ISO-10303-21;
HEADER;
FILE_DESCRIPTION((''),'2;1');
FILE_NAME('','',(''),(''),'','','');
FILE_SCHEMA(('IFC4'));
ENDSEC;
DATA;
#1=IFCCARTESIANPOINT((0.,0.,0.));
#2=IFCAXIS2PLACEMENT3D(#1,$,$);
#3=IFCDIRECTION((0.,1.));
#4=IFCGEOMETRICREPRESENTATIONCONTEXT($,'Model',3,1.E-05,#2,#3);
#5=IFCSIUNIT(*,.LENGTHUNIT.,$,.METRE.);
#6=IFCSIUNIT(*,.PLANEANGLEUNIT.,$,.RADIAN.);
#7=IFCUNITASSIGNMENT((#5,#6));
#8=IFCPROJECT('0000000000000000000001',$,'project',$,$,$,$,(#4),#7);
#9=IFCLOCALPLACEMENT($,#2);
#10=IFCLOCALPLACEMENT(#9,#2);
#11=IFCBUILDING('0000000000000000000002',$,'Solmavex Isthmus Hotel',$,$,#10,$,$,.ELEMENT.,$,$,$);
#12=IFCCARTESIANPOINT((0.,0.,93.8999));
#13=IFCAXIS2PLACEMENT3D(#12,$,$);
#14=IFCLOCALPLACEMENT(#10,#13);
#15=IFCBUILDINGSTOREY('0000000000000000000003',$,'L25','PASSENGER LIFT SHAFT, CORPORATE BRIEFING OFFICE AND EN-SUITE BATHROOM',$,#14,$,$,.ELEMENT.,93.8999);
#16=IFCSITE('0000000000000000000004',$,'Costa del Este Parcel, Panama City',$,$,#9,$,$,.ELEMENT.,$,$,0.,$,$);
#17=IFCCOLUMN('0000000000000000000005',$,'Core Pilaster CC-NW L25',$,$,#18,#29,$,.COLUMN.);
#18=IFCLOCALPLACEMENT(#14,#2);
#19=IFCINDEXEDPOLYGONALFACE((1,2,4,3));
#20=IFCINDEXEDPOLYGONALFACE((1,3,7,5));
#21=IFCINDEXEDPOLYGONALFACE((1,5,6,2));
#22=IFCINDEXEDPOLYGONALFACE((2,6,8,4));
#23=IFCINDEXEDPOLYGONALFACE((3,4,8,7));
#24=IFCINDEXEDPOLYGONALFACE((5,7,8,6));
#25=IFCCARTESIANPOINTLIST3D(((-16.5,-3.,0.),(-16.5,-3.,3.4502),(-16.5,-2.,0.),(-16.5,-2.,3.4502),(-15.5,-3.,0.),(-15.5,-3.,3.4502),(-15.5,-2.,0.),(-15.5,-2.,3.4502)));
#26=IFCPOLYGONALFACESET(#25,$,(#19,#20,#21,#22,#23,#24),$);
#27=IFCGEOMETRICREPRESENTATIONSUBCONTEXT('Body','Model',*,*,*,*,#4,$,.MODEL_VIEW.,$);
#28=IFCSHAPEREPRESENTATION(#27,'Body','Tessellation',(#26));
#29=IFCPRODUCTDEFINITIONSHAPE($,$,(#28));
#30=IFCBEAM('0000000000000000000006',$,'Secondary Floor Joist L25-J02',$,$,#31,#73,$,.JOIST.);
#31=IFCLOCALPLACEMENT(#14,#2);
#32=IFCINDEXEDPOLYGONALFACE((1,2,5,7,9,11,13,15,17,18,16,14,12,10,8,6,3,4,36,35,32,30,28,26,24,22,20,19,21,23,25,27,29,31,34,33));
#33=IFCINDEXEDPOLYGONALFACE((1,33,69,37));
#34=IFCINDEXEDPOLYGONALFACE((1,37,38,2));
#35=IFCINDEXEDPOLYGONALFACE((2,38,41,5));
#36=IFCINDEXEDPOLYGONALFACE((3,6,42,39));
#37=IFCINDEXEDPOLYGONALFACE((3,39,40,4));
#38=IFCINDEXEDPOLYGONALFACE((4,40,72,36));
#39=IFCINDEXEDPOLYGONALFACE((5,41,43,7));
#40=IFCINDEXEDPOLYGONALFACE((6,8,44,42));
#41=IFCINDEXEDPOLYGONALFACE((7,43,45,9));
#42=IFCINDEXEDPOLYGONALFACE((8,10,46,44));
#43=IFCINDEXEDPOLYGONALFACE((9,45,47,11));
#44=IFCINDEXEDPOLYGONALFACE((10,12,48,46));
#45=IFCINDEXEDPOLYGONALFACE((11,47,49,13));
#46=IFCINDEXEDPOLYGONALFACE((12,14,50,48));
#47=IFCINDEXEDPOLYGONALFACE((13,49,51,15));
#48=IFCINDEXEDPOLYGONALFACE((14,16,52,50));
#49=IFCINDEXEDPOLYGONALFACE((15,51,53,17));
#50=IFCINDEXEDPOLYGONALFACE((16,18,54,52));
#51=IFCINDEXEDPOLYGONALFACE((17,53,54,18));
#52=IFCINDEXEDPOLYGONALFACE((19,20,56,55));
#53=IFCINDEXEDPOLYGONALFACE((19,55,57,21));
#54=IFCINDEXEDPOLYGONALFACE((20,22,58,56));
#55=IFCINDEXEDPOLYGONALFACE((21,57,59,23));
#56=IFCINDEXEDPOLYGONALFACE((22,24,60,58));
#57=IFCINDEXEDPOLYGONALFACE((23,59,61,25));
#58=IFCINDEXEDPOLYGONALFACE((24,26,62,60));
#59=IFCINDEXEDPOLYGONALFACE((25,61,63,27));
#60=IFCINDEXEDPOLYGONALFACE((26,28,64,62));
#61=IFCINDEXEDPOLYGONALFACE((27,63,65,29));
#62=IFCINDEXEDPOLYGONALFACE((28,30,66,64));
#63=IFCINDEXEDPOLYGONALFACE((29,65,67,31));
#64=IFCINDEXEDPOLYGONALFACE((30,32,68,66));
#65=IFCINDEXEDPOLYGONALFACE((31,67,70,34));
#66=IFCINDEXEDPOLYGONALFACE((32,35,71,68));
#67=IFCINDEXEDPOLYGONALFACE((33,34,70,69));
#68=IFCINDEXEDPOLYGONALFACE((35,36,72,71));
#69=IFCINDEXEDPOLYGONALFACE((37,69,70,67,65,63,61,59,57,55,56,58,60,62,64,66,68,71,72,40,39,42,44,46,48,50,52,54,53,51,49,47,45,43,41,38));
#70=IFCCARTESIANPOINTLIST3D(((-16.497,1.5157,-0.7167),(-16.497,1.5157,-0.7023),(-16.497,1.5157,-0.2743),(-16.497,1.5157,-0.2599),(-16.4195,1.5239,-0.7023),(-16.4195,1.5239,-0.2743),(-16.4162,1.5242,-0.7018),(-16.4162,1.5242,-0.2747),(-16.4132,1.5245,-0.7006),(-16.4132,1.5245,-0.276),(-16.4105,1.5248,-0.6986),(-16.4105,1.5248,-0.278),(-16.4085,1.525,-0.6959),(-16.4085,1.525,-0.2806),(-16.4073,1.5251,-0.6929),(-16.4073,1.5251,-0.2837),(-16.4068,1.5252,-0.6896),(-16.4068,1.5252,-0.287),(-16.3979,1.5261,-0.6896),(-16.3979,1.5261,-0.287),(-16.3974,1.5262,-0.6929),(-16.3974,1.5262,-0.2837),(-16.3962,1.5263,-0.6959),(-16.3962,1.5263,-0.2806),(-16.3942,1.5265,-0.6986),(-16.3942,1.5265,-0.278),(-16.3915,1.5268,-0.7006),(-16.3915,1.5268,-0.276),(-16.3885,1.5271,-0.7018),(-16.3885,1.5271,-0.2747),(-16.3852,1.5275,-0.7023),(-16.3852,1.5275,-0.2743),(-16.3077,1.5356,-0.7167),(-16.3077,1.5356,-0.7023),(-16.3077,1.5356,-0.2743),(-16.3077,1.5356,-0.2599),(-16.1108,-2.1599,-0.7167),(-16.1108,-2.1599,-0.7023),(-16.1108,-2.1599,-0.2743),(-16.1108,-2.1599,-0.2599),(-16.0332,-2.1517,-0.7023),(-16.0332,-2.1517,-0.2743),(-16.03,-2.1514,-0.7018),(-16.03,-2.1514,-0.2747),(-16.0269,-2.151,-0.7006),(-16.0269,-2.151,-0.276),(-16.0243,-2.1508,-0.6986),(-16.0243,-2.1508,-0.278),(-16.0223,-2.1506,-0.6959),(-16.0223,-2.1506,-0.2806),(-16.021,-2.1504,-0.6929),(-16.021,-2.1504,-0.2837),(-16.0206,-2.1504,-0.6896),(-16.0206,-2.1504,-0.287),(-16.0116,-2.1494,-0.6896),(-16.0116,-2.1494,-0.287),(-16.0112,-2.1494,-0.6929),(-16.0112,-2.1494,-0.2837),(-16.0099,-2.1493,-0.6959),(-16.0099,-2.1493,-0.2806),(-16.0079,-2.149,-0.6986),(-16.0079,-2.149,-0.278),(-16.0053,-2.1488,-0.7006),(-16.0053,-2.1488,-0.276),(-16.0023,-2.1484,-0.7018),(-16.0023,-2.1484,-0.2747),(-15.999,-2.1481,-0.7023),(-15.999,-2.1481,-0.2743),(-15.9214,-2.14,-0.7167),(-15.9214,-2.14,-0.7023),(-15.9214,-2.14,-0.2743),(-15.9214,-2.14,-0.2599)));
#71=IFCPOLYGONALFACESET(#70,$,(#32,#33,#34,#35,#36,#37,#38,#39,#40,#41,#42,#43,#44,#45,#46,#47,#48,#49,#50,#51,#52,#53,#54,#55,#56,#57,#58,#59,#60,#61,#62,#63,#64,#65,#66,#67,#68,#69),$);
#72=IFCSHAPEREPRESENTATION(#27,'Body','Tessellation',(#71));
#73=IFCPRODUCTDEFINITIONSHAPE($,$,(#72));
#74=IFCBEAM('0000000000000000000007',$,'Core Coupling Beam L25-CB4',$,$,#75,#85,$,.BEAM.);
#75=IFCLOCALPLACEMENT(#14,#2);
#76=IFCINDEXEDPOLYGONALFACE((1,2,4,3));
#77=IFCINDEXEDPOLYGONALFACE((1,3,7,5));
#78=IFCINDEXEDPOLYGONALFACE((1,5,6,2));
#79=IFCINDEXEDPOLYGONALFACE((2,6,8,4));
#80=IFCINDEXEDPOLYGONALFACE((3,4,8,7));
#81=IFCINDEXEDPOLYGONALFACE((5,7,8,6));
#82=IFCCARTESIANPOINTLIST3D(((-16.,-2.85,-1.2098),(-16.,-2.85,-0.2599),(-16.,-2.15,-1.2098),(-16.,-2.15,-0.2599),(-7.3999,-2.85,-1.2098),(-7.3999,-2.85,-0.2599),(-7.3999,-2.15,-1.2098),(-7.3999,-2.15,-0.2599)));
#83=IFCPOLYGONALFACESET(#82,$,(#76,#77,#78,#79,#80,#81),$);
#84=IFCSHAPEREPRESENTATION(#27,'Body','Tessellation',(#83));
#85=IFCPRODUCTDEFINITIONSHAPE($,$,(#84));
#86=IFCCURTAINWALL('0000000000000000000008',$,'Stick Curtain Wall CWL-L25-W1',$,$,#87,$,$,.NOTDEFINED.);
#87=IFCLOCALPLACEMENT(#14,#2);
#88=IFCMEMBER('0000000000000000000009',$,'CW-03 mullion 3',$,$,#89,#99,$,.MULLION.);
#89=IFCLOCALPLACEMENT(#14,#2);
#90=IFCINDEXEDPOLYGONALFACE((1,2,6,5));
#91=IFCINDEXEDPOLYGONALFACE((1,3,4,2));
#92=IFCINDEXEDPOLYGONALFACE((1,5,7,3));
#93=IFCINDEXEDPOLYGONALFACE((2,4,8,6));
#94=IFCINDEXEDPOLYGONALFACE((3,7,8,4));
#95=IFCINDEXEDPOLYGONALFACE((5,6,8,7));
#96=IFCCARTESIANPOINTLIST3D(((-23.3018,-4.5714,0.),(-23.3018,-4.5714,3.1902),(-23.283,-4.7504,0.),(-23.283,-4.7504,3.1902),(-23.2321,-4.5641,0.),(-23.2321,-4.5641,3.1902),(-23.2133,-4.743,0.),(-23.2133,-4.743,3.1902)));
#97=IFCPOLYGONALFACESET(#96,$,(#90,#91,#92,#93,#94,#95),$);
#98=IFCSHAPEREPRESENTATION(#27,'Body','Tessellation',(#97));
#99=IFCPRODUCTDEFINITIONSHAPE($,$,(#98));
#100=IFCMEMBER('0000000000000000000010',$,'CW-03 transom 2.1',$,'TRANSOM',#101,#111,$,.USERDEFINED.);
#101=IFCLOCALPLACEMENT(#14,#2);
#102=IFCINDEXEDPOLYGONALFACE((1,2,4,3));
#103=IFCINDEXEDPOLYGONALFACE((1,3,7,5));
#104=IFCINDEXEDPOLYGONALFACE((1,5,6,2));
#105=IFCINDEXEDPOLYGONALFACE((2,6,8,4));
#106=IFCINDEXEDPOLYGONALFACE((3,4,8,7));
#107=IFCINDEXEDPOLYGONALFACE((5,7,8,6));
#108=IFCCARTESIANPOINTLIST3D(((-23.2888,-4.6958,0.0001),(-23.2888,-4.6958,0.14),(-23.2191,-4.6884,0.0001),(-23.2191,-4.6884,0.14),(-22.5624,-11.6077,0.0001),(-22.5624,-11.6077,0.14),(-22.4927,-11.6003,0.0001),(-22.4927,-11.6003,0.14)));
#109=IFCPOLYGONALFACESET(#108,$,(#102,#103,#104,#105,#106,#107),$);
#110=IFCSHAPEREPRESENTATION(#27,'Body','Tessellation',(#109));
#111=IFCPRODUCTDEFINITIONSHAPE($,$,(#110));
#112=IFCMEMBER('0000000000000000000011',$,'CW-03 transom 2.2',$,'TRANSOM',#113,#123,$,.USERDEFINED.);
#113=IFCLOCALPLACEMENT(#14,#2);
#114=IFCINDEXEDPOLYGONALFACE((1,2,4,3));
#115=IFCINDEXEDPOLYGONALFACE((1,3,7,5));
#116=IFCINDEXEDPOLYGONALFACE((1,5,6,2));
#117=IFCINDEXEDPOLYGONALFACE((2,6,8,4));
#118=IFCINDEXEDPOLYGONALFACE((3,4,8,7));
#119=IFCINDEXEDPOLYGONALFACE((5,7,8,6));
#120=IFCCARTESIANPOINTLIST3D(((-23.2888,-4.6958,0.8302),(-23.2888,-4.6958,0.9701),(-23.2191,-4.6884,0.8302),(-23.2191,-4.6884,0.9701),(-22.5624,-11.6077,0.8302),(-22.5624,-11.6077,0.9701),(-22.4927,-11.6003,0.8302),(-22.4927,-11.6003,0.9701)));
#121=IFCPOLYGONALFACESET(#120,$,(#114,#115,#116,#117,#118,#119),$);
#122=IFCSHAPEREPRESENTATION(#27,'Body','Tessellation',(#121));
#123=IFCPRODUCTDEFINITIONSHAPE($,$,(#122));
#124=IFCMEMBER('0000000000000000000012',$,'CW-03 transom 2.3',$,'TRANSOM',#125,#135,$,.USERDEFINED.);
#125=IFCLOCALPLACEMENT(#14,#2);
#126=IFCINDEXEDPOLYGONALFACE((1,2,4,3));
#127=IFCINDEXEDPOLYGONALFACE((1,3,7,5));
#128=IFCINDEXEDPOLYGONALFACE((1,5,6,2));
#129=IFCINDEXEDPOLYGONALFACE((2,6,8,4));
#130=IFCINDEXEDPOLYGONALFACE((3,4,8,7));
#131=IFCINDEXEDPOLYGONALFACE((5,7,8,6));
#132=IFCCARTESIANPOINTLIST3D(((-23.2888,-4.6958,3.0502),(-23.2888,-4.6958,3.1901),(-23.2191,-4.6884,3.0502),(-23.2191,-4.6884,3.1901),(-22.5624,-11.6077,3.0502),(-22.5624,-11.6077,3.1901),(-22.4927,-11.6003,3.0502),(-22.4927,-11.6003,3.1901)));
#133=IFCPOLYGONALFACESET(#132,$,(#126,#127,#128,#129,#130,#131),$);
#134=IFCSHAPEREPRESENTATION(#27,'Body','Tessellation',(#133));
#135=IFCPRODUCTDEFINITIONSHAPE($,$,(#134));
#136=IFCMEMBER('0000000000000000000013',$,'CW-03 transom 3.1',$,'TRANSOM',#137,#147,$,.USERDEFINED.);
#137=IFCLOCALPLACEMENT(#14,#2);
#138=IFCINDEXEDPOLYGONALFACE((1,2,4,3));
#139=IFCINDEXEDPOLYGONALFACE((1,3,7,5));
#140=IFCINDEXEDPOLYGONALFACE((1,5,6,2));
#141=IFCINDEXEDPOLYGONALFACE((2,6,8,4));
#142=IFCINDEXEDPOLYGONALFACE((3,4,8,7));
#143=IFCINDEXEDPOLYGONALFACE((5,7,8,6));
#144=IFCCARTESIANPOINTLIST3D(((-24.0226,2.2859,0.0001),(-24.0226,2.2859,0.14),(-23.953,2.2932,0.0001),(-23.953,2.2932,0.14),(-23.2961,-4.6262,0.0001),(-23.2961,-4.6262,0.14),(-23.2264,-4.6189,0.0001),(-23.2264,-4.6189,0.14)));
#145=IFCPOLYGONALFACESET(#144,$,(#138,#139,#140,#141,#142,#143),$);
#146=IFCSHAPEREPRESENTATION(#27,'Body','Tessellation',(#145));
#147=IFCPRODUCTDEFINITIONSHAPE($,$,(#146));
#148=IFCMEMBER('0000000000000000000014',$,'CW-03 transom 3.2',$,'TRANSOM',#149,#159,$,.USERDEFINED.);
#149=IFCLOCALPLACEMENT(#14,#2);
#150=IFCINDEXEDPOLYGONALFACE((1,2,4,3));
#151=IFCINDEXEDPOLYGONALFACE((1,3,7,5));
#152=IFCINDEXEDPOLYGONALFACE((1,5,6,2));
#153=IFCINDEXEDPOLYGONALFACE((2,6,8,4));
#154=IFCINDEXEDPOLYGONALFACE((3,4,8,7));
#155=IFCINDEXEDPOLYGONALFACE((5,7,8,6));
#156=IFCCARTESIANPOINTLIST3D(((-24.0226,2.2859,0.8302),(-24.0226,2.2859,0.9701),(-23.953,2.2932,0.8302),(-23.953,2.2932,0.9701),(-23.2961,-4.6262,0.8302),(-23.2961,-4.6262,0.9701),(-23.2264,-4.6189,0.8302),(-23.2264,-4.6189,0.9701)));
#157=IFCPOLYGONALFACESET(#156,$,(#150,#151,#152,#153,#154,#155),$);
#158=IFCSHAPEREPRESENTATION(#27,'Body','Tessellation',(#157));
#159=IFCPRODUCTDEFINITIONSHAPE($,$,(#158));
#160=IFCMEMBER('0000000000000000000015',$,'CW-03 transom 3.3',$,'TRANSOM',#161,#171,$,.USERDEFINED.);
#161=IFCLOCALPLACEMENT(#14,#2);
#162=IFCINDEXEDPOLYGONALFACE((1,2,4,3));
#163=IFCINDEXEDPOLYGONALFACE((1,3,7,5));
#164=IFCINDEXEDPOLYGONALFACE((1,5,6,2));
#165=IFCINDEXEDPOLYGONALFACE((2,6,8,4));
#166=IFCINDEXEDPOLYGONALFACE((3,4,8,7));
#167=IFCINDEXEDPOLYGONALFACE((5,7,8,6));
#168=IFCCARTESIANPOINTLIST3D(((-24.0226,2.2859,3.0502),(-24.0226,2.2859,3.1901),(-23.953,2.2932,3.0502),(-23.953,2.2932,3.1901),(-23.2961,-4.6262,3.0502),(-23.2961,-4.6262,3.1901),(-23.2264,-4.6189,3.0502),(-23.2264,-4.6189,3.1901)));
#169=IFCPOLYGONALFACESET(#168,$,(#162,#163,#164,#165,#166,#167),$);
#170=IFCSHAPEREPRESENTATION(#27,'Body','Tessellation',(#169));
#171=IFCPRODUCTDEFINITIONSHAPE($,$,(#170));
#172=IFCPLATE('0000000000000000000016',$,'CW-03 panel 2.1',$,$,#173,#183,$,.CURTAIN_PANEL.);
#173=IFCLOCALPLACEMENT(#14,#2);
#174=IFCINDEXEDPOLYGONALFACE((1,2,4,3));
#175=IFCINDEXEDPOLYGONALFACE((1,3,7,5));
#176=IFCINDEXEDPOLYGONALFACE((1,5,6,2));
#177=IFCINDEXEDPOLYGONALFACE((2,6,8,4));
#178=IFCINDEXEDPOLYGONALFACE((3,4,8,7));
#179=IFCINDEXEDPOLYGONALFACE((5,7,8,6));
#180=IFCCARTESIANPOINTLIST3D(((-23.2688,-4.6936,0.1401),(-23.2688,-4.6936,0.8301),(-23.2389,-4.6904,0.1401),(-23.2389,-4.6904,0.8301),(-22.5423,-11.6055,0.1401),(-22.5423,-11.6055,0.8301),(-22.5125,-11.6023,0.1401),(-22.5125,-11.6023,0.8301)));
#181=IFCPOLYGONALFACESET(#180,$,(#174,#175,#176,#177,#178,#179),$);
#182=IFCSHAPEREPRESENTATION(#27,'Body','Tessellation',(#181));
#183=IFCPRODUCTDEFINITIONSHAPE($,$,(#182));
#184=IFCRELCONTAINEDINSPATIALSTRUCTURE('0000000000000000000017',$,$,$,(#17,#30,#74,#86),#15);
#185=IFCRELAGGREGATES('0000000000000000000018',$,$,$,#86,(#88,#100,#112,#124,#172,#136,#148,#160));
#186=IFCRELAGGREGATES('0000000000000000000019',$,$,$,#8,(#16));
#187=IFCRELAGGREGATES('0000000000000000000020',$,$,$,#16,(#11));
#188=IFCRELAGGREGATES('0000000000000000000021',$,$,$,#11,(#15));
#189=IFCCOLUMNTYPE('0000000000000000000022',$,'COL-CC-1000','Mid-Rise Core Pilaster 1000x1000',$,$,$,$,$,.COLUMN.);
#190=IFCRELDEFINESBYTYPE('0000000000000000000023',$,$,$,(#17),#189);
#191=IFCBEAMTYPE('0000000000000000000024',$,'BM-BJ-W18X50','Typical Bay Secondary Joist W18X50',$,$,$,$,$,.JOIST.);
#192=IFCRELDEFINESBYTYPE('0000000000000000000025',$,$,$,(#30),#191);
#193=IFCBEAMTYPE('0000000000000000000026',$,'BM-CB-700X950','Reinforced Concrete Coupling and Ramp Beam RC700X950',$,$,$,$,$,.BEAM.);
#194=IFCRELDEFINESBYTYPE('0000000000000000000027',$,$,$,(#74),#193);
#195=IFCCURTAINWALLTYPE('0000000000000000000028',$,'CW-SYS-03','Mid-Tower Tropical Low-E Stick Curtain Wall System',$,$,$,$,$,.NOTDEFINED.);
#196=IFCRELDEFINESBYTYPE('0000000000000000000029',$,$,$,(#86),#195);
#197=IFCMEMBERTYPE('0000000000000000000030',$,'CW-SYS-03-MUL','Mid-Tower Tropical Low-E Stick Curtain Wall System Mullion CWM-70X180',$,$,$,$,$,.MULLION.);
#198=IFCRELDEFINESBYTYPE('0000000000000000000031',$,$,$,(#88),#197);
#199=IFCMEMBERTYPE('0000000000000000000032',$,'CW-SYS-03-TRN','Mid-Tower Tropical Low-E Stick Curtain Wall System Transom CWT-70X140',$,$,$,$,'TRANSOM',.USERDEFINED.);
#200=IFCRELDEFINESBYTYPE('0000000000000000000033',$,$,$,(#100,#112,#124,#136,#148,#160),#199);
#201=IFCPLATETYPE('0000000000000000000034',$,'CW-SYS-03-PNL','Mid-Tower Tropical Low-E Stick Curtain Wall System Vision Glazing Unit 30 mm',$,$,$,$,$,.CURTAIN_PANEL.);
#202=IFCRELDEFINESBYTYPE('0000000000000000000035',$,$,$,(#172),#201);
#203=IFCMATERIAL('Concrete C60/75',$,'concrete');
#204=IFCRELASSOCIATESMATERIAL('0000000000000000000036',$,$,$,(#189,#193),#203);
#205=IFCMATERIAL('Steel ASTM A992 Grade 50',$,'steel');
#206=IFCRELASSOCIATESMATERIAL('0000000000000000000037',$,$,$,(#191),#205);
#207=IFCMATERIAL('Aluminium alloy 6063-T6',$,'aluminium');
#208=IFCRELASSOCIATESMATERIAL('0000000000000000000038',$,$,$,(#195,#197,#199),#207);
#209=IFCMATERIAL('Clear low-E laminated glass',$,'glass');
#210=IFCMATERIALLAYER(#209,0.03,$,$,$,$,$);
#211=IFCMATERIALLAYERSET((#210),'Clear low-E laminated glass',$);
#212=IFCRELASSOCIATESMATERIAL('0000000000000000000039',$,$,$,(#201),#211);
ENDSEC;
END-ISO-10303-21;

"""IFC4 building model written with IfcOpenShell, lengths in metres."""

from ifc_helpers import new_model, si_unit, direction, frame, origin, origin_2d, place, context, subcontext, project, spatial, rectangle, i_section, extrude, material, layer, layer_set, material_profile, profile_set, type_object, element, aggregate, save


model = new_model("IFC4")

# Units and contexts
model_context = context("Model", 3, precision=1e-05, world=origin(), true_north=direction((0.0, 1.0)))
body_context = subcontext(model_context, "Body", "Model", "MODEL_VIEW")
ifc_project = project(units=[si_unit("LENGTHUNIT", "METRE"), si_unit("PLANEANGLEUNIT", "RADIAN")], contexts=[model_context])

# Site, building, storey
site_placement = place(None, origin())
site = spatial("IfcSite", under=ifc_project, at=site_placement, Name="Costa del Este Parcel, Panama City", CompositionType="ELEMENT", RefElevation=0.0)
building_placement = place(site_placement, origin())
building = spatial("IfcBuilding", under=site, at=building_placement, Name="Solmavex Isthmus Hotel", CompositionType="ELEMENT")
storey_placement = place(building_placement, frame((0.0, 0.0, 93.8999)))
storey = spatial("IfcBuildingStorey", under=building, at=storey_placement, Name="L25", Description="PASSENGER LIFT SHAFT, CORPORATE BRIEFING OFFICE AND EN-SUITE BATHROOM", CompositionType="ELEMENT", Elevation=93.8999)

# Column
ifc_material_1 = material(Name="Concrete C60/75", Category="concrete")
ifc_material_profile_1 = material_profile(ifc_material_1, rectangle(XDim=1.0, YDim=1.0, at=origin_2d()), Name="RC1000X1000")
ifc_profile_set_1 = profile_set([ifc_material_profile_1], Name="Concrete C60/75")
column_type = type_object("IfcColumnType", Name="COL-CC-1000", Description="Mid-Rise Core Pilaster 1000x1000", PredefinedType="COLUMN", material=ifc_profile_set_1)
column_placement = place(storey_placement, frame((-16.0, -2.5, 0.0), z_axis=(0.0, 0.0, 1.0), x_axis=(1.0, 0.0, 0.0)))
element("IfcColumn", 1, at=column_placement, inside=storey, type_object=column_type, Name="Core Pilaster CC-NW L25", PredefinedType="COLUMN", context=body_context, shape_type="SweptSolid", body=[
    extrude(rectangle(XDim=1.0, YDim=1.0, at=origin_2d()), origin(), (0.0, 0.0, 1.0), 3.4502),
])

# Beams
ifc_material_2 = material(Name="Steel ASTM A992 Grade 50", Category="steel")
ifc_material_profile_2 = material_profile(ifc_material_2, i_section(OverallWidth=0.1904, OverallDepth=0.4568, WebThickness=0.009, FlangeThickness=0.0144, FilletRadius=0.0127, at=origin_2d()), Name="W18X50")
ifc_profile_set_2 = profile_set([ifc_material_profile_2], Name="Steel ASTM A992 Grade 50")
beam_type_1 = type_object("IfcBeamType", Name="BM-BJ-W18X50", Description="Typical Bay Secondary Joist W18X50", PredefinedType="JOIST", material=ifc_profile_set_2)
beam_1_placement = place(storey_placement, frame((-16.0161, -2.1499, -0.4883), z_axis=(-0.104506, 0.994524, 0.0), x_axis=(-0.994524, -0.104506, 0.0)))
element("IfcBeam", 2, at=beam_1_placement, inside=storey, type_object=beam_type_1, Name="Secondary Floor Joist L25-J02", PredefinedType="JOIST", context=body_context, shape_type="SweptSolid", body=[
    extrude(i_section(OverallWidth=0.1904, OverallDepth=0.4568, WebThickness=0.009, FlangeThickness=0.0144, FilletRadius=0.0127, at=origin_2d()), origin(), (0.0, 0.0, 1.0), 3.6958),
])
ifc_material_profile_3 = material_profile(ifc_material_1, rectangle(XDim=0.7, YDim=0.95, at=origin_2d()), Name="RC700X950")
ifc_profile_set_3 = profile_set([ifc_material_profile_3], Name="Concrete C60/75")
beam_type_2 = type_object("IfcBeamType", Name="BM-CB-700X950", Description="Reinforced Concrete Coupling and Ramp Beam RC700X950", PredefinedType="BEAM", material=ifc_profile_set_3)
beam_2_placement = place(storey_placement, frame((-16.0, -2.5, -0.7349), z_axis=(1.0, 0.0, 0.0), x_axis=(0.0, 1.0, 0.0)))
element("IfcBeam", 3, at=beam_2_placement, inside=storey, type_object=beam_type_2, Name="Core Coupling Beam L25-CB4", PredefinedType="BEAM", context=body_context, shape_type="SweptSolid", body=[
    extrude(rectangle(XDim=0.7, YDim=0.95, at=origin_2d()), origin(), (0.0, 0.0, 1.0), 8.6001),
])

# Curtain wall, members, plate
ifc_material_3 = material(Name="Aluminium alloy 6063-T6", Category="aluminium")
curtain_wall_type = type_object("IfcCurtainWallType", Name="CW-SYS-03", Description="Mid-Tower Tropical Low-E Stick Curtain Wall System", PredefinedType="NOTDEFINED", material=ifc_material_3)
curtain_wall_placement = place(storey_placement, origin())
curtain_wall = element("IfcCurtainWall", 4, at=curtain_wall_placement, inside=storey, type_object=curtain_wall_type, Name="Stick Curtain Wall CWL-L25-W1", PredefinedType="NOTDEFINED")
ifc_material_profile_4 = material_profile(ifc_material_3, rectangle(XDim=0.0701, YDim=0.1799, at=origin_2d()), Name="CWM-70X180")
ifc_profile_set_4 = profile_set([ifc_material_profile_4], Name="Aluminium alloy 6063-T6")
member_type_1 = type_object("IfcMemberType", Name="CW-SYS-03-MUL", Description="Mid-Tower Tropical Low-E Stick Curtain Wall System Mullion CWM-70X180", PredefinedType="MULLION", material=ifc_profile_set_4)
member_1_placement = place(storey_placement, frame((-23.2576, -4.6572, 0.0), z_axis=(0.0, 0.0, 1.0), x_axis=(-0.994522, -0.104528, 0.0)))
member_1 = element("IfcMember", 5, at=member_1_placement, type_object=member_type_1, Name="CW-03 mullion 3", PredefinedType="MULLION", context=body_context, shape_type="SweptSolid", body=[
    extrude(rectangle(XDim=0.0701, YDim=0.1799, at=origin_2d()), origin(), (0.0, 0.0, 1.0), 3.1902),
])
ifc_material_profile_5 = material_profile(ifc_material_3, rectangle(XDim=0.0701, YDim=0.1399, at=origin_2d()), Name="CWT-70X140")
ifc_profile_set_5 = profile_set([ifc_material_profile_5], Name="Aluminium alloy 6063-T6")
member_type_2 = type_object("IfcMemberType", Name="CW-SYS-03-TRN", Description="Mid-Tower Tropical Low-E Stick Curtain Wall System Transom CWT-70X140", ElementType="TRANSOM", PredefinedType="USERDEFINED", material=ifc_profile_set_5)
member_2_placement = place(storey_placement, frame((-22.5276, -11.604, 0.0701), z_axis=(-0.104507, 0.994524, 0.0), x_axis=(-0.994524, -0.104507, 0.0)))
member_2 = element("IfcMember", 6, at=member_2_placement, type_object=member_type_2, Name="CW-03 transom 2.1", ObjectType="TRANSOM", PredefinedType="USERDEFINED", context=body_context, shape_type="SweptSolid", body=[
    extrude(rectangle(XDim=0.0701, YDim=0.1399, at=origin_2d()), origin(), (0.0, 0.0, 1.0), 6.95),
])
member_3_placement = place(storey_placement, frame((-22.5276, -11.604, 0.9001), z_axis=(-0.104507, 0.994524, 0.0), x_axis=(-0.994524, -0.104507, 0.0)))
member_3 = element("IfcMember", 7, at=member_3_placement, type_object=member_type_2, Name="CW-03 transom 2.2", ObjectType="TRANSOM", PredefinedType="USERDEFINED", context=body_context, shape_type="SweptSolid", body=[
    extrude(rectangle(XDim=0.0701, YDim=0.1399, at=origin_2d()), origin(), (0.0, 0.0, 1.0), 6.95),
])
member_4_placement = place(storey_placement, frame((-22.5276, -11.604, 3.1201), z_axis=(-0.104507, 0.994524, 0.0), x_axis=(-0.994524, -0.104507, 0.0)))
member_4 = element("IfcMember", 8, at=member_4_placement, type_object=member_type_2, Name="CW-03 transom 2.3", ObjectType="TRANSOM", PredefinedType="USERDEFINED", context=body_context, shape_type="SweptSolid", body=[
    extrude(rectangle(XDim=0.0701, YDim=0.1399, at=origin_2d()), origin(), (0.0, 0.0, 1.0), 6.95),
])
member_5_placement = place(storey_placement, frame((-23.2612, -4.6226, 0.0701), z_axis=(-0.104539, 0.994521, 0.0), x_axis=(-0.994521, -0.104539, 0.0)))
member_5 = element("IfcMember", 9, at=member_5_placement, type_object=member_type_2, Name="CW-03 transom 3.1", ObjectType="TRANSOM", PredefinedType="USERDEFINED", context=body_context, shape_type="SweptSolid", body=[
    extrude(rectangle(XDim=0.0701, YDim=0.1399, at=origin_2d()), origin(), (0.0, 0.0, 1.0), 6.9502),
])
member_6_placement = place(storey_placement, frame((-23.2612, -4.6226, 0.9001), z_axis=(-0.104539, 0.994521, 0.0), x_axis=(-0.994521, -0.104539, 0.0)))
member_6 = element("IfcMember", 10, at=member_6_placement, type_object=member_type_2, Name="CW-03 transom 3.2", ObjectType="TRANSOM", PredefinedType="USERDEFINED", context=body_context, shape_type="SweptSolid", body=[
    extrude(rectangle(XDim=0.0701, YDim=0.1399, at=origin_2d()), origin(), (0.0, 0.0, 1.0), 6.9502),
])
member_7_placement = place(storey_placement, frame((-23.2612, -4.6226, 3.1201), z_axis=(-0.104539, 0.994521, 0.0), x_axis=(-0.994521, -0.104539, 0.0)))
member_7 = element("IfcMember", 11, at=member_7_placement, type_object=member_type_2, Name="CW-03 transom 3.3", ObjectType="TRANSOM", PredefinedType="USERDEFINED", context=body_context, shape_type="SweptSolid", body=[
    extrude(rectangle(XDim=0.0701, YDim=0.1399, at=origin_2d()), origin(), (0.0, 0.0, 1.0), 6.9502),
])
ifc_material_4 = material(Name="Clear low-E laminated glass", Category="glass")
ifc_layer_1 = layer(ifc_material_4, 0.03)
ifc_layer_set_1 = layer_set([ifc_layer_1], Name="Clear low-E laminated glass")
plate_type = type_object("IfcPlateType", Name="CW-SYS-03-PNL", Description="Mid-Tower Tropical Low-E Stick Curtain Wall System Vision Glazing Unit 30 mm", PredefinedType="CURTAIN_PANEL", material=ifc_layer_set_1)
plate_1_placement = place(storey_placement, frame((-22.8906, -8.1479, 0.1401), z_axis=(0.0, 0.0, 1.0), x_axis=(-0.104528, 0.994522, 0.0)))
plate_1 = element("IfcPlate", 12, at=plate_1_placement, type_object=plate_type, Name="CW-03 panel 2.1", PredefinedType="CURTAIN_PANEL", context=body_context, shape_type="SweptSolid", body=[
    extrude(rectangle(XDim=6.95, YDim=0.03, at=origin_2d()), origin(), (0.0, 0.0, 1.0), 0.6899),
])
aggregate(curtain_wall, [member_1, member_2, member_3, member_4, plate_1, member_5, member_6, member_7])

save(model, "model.ifc")
